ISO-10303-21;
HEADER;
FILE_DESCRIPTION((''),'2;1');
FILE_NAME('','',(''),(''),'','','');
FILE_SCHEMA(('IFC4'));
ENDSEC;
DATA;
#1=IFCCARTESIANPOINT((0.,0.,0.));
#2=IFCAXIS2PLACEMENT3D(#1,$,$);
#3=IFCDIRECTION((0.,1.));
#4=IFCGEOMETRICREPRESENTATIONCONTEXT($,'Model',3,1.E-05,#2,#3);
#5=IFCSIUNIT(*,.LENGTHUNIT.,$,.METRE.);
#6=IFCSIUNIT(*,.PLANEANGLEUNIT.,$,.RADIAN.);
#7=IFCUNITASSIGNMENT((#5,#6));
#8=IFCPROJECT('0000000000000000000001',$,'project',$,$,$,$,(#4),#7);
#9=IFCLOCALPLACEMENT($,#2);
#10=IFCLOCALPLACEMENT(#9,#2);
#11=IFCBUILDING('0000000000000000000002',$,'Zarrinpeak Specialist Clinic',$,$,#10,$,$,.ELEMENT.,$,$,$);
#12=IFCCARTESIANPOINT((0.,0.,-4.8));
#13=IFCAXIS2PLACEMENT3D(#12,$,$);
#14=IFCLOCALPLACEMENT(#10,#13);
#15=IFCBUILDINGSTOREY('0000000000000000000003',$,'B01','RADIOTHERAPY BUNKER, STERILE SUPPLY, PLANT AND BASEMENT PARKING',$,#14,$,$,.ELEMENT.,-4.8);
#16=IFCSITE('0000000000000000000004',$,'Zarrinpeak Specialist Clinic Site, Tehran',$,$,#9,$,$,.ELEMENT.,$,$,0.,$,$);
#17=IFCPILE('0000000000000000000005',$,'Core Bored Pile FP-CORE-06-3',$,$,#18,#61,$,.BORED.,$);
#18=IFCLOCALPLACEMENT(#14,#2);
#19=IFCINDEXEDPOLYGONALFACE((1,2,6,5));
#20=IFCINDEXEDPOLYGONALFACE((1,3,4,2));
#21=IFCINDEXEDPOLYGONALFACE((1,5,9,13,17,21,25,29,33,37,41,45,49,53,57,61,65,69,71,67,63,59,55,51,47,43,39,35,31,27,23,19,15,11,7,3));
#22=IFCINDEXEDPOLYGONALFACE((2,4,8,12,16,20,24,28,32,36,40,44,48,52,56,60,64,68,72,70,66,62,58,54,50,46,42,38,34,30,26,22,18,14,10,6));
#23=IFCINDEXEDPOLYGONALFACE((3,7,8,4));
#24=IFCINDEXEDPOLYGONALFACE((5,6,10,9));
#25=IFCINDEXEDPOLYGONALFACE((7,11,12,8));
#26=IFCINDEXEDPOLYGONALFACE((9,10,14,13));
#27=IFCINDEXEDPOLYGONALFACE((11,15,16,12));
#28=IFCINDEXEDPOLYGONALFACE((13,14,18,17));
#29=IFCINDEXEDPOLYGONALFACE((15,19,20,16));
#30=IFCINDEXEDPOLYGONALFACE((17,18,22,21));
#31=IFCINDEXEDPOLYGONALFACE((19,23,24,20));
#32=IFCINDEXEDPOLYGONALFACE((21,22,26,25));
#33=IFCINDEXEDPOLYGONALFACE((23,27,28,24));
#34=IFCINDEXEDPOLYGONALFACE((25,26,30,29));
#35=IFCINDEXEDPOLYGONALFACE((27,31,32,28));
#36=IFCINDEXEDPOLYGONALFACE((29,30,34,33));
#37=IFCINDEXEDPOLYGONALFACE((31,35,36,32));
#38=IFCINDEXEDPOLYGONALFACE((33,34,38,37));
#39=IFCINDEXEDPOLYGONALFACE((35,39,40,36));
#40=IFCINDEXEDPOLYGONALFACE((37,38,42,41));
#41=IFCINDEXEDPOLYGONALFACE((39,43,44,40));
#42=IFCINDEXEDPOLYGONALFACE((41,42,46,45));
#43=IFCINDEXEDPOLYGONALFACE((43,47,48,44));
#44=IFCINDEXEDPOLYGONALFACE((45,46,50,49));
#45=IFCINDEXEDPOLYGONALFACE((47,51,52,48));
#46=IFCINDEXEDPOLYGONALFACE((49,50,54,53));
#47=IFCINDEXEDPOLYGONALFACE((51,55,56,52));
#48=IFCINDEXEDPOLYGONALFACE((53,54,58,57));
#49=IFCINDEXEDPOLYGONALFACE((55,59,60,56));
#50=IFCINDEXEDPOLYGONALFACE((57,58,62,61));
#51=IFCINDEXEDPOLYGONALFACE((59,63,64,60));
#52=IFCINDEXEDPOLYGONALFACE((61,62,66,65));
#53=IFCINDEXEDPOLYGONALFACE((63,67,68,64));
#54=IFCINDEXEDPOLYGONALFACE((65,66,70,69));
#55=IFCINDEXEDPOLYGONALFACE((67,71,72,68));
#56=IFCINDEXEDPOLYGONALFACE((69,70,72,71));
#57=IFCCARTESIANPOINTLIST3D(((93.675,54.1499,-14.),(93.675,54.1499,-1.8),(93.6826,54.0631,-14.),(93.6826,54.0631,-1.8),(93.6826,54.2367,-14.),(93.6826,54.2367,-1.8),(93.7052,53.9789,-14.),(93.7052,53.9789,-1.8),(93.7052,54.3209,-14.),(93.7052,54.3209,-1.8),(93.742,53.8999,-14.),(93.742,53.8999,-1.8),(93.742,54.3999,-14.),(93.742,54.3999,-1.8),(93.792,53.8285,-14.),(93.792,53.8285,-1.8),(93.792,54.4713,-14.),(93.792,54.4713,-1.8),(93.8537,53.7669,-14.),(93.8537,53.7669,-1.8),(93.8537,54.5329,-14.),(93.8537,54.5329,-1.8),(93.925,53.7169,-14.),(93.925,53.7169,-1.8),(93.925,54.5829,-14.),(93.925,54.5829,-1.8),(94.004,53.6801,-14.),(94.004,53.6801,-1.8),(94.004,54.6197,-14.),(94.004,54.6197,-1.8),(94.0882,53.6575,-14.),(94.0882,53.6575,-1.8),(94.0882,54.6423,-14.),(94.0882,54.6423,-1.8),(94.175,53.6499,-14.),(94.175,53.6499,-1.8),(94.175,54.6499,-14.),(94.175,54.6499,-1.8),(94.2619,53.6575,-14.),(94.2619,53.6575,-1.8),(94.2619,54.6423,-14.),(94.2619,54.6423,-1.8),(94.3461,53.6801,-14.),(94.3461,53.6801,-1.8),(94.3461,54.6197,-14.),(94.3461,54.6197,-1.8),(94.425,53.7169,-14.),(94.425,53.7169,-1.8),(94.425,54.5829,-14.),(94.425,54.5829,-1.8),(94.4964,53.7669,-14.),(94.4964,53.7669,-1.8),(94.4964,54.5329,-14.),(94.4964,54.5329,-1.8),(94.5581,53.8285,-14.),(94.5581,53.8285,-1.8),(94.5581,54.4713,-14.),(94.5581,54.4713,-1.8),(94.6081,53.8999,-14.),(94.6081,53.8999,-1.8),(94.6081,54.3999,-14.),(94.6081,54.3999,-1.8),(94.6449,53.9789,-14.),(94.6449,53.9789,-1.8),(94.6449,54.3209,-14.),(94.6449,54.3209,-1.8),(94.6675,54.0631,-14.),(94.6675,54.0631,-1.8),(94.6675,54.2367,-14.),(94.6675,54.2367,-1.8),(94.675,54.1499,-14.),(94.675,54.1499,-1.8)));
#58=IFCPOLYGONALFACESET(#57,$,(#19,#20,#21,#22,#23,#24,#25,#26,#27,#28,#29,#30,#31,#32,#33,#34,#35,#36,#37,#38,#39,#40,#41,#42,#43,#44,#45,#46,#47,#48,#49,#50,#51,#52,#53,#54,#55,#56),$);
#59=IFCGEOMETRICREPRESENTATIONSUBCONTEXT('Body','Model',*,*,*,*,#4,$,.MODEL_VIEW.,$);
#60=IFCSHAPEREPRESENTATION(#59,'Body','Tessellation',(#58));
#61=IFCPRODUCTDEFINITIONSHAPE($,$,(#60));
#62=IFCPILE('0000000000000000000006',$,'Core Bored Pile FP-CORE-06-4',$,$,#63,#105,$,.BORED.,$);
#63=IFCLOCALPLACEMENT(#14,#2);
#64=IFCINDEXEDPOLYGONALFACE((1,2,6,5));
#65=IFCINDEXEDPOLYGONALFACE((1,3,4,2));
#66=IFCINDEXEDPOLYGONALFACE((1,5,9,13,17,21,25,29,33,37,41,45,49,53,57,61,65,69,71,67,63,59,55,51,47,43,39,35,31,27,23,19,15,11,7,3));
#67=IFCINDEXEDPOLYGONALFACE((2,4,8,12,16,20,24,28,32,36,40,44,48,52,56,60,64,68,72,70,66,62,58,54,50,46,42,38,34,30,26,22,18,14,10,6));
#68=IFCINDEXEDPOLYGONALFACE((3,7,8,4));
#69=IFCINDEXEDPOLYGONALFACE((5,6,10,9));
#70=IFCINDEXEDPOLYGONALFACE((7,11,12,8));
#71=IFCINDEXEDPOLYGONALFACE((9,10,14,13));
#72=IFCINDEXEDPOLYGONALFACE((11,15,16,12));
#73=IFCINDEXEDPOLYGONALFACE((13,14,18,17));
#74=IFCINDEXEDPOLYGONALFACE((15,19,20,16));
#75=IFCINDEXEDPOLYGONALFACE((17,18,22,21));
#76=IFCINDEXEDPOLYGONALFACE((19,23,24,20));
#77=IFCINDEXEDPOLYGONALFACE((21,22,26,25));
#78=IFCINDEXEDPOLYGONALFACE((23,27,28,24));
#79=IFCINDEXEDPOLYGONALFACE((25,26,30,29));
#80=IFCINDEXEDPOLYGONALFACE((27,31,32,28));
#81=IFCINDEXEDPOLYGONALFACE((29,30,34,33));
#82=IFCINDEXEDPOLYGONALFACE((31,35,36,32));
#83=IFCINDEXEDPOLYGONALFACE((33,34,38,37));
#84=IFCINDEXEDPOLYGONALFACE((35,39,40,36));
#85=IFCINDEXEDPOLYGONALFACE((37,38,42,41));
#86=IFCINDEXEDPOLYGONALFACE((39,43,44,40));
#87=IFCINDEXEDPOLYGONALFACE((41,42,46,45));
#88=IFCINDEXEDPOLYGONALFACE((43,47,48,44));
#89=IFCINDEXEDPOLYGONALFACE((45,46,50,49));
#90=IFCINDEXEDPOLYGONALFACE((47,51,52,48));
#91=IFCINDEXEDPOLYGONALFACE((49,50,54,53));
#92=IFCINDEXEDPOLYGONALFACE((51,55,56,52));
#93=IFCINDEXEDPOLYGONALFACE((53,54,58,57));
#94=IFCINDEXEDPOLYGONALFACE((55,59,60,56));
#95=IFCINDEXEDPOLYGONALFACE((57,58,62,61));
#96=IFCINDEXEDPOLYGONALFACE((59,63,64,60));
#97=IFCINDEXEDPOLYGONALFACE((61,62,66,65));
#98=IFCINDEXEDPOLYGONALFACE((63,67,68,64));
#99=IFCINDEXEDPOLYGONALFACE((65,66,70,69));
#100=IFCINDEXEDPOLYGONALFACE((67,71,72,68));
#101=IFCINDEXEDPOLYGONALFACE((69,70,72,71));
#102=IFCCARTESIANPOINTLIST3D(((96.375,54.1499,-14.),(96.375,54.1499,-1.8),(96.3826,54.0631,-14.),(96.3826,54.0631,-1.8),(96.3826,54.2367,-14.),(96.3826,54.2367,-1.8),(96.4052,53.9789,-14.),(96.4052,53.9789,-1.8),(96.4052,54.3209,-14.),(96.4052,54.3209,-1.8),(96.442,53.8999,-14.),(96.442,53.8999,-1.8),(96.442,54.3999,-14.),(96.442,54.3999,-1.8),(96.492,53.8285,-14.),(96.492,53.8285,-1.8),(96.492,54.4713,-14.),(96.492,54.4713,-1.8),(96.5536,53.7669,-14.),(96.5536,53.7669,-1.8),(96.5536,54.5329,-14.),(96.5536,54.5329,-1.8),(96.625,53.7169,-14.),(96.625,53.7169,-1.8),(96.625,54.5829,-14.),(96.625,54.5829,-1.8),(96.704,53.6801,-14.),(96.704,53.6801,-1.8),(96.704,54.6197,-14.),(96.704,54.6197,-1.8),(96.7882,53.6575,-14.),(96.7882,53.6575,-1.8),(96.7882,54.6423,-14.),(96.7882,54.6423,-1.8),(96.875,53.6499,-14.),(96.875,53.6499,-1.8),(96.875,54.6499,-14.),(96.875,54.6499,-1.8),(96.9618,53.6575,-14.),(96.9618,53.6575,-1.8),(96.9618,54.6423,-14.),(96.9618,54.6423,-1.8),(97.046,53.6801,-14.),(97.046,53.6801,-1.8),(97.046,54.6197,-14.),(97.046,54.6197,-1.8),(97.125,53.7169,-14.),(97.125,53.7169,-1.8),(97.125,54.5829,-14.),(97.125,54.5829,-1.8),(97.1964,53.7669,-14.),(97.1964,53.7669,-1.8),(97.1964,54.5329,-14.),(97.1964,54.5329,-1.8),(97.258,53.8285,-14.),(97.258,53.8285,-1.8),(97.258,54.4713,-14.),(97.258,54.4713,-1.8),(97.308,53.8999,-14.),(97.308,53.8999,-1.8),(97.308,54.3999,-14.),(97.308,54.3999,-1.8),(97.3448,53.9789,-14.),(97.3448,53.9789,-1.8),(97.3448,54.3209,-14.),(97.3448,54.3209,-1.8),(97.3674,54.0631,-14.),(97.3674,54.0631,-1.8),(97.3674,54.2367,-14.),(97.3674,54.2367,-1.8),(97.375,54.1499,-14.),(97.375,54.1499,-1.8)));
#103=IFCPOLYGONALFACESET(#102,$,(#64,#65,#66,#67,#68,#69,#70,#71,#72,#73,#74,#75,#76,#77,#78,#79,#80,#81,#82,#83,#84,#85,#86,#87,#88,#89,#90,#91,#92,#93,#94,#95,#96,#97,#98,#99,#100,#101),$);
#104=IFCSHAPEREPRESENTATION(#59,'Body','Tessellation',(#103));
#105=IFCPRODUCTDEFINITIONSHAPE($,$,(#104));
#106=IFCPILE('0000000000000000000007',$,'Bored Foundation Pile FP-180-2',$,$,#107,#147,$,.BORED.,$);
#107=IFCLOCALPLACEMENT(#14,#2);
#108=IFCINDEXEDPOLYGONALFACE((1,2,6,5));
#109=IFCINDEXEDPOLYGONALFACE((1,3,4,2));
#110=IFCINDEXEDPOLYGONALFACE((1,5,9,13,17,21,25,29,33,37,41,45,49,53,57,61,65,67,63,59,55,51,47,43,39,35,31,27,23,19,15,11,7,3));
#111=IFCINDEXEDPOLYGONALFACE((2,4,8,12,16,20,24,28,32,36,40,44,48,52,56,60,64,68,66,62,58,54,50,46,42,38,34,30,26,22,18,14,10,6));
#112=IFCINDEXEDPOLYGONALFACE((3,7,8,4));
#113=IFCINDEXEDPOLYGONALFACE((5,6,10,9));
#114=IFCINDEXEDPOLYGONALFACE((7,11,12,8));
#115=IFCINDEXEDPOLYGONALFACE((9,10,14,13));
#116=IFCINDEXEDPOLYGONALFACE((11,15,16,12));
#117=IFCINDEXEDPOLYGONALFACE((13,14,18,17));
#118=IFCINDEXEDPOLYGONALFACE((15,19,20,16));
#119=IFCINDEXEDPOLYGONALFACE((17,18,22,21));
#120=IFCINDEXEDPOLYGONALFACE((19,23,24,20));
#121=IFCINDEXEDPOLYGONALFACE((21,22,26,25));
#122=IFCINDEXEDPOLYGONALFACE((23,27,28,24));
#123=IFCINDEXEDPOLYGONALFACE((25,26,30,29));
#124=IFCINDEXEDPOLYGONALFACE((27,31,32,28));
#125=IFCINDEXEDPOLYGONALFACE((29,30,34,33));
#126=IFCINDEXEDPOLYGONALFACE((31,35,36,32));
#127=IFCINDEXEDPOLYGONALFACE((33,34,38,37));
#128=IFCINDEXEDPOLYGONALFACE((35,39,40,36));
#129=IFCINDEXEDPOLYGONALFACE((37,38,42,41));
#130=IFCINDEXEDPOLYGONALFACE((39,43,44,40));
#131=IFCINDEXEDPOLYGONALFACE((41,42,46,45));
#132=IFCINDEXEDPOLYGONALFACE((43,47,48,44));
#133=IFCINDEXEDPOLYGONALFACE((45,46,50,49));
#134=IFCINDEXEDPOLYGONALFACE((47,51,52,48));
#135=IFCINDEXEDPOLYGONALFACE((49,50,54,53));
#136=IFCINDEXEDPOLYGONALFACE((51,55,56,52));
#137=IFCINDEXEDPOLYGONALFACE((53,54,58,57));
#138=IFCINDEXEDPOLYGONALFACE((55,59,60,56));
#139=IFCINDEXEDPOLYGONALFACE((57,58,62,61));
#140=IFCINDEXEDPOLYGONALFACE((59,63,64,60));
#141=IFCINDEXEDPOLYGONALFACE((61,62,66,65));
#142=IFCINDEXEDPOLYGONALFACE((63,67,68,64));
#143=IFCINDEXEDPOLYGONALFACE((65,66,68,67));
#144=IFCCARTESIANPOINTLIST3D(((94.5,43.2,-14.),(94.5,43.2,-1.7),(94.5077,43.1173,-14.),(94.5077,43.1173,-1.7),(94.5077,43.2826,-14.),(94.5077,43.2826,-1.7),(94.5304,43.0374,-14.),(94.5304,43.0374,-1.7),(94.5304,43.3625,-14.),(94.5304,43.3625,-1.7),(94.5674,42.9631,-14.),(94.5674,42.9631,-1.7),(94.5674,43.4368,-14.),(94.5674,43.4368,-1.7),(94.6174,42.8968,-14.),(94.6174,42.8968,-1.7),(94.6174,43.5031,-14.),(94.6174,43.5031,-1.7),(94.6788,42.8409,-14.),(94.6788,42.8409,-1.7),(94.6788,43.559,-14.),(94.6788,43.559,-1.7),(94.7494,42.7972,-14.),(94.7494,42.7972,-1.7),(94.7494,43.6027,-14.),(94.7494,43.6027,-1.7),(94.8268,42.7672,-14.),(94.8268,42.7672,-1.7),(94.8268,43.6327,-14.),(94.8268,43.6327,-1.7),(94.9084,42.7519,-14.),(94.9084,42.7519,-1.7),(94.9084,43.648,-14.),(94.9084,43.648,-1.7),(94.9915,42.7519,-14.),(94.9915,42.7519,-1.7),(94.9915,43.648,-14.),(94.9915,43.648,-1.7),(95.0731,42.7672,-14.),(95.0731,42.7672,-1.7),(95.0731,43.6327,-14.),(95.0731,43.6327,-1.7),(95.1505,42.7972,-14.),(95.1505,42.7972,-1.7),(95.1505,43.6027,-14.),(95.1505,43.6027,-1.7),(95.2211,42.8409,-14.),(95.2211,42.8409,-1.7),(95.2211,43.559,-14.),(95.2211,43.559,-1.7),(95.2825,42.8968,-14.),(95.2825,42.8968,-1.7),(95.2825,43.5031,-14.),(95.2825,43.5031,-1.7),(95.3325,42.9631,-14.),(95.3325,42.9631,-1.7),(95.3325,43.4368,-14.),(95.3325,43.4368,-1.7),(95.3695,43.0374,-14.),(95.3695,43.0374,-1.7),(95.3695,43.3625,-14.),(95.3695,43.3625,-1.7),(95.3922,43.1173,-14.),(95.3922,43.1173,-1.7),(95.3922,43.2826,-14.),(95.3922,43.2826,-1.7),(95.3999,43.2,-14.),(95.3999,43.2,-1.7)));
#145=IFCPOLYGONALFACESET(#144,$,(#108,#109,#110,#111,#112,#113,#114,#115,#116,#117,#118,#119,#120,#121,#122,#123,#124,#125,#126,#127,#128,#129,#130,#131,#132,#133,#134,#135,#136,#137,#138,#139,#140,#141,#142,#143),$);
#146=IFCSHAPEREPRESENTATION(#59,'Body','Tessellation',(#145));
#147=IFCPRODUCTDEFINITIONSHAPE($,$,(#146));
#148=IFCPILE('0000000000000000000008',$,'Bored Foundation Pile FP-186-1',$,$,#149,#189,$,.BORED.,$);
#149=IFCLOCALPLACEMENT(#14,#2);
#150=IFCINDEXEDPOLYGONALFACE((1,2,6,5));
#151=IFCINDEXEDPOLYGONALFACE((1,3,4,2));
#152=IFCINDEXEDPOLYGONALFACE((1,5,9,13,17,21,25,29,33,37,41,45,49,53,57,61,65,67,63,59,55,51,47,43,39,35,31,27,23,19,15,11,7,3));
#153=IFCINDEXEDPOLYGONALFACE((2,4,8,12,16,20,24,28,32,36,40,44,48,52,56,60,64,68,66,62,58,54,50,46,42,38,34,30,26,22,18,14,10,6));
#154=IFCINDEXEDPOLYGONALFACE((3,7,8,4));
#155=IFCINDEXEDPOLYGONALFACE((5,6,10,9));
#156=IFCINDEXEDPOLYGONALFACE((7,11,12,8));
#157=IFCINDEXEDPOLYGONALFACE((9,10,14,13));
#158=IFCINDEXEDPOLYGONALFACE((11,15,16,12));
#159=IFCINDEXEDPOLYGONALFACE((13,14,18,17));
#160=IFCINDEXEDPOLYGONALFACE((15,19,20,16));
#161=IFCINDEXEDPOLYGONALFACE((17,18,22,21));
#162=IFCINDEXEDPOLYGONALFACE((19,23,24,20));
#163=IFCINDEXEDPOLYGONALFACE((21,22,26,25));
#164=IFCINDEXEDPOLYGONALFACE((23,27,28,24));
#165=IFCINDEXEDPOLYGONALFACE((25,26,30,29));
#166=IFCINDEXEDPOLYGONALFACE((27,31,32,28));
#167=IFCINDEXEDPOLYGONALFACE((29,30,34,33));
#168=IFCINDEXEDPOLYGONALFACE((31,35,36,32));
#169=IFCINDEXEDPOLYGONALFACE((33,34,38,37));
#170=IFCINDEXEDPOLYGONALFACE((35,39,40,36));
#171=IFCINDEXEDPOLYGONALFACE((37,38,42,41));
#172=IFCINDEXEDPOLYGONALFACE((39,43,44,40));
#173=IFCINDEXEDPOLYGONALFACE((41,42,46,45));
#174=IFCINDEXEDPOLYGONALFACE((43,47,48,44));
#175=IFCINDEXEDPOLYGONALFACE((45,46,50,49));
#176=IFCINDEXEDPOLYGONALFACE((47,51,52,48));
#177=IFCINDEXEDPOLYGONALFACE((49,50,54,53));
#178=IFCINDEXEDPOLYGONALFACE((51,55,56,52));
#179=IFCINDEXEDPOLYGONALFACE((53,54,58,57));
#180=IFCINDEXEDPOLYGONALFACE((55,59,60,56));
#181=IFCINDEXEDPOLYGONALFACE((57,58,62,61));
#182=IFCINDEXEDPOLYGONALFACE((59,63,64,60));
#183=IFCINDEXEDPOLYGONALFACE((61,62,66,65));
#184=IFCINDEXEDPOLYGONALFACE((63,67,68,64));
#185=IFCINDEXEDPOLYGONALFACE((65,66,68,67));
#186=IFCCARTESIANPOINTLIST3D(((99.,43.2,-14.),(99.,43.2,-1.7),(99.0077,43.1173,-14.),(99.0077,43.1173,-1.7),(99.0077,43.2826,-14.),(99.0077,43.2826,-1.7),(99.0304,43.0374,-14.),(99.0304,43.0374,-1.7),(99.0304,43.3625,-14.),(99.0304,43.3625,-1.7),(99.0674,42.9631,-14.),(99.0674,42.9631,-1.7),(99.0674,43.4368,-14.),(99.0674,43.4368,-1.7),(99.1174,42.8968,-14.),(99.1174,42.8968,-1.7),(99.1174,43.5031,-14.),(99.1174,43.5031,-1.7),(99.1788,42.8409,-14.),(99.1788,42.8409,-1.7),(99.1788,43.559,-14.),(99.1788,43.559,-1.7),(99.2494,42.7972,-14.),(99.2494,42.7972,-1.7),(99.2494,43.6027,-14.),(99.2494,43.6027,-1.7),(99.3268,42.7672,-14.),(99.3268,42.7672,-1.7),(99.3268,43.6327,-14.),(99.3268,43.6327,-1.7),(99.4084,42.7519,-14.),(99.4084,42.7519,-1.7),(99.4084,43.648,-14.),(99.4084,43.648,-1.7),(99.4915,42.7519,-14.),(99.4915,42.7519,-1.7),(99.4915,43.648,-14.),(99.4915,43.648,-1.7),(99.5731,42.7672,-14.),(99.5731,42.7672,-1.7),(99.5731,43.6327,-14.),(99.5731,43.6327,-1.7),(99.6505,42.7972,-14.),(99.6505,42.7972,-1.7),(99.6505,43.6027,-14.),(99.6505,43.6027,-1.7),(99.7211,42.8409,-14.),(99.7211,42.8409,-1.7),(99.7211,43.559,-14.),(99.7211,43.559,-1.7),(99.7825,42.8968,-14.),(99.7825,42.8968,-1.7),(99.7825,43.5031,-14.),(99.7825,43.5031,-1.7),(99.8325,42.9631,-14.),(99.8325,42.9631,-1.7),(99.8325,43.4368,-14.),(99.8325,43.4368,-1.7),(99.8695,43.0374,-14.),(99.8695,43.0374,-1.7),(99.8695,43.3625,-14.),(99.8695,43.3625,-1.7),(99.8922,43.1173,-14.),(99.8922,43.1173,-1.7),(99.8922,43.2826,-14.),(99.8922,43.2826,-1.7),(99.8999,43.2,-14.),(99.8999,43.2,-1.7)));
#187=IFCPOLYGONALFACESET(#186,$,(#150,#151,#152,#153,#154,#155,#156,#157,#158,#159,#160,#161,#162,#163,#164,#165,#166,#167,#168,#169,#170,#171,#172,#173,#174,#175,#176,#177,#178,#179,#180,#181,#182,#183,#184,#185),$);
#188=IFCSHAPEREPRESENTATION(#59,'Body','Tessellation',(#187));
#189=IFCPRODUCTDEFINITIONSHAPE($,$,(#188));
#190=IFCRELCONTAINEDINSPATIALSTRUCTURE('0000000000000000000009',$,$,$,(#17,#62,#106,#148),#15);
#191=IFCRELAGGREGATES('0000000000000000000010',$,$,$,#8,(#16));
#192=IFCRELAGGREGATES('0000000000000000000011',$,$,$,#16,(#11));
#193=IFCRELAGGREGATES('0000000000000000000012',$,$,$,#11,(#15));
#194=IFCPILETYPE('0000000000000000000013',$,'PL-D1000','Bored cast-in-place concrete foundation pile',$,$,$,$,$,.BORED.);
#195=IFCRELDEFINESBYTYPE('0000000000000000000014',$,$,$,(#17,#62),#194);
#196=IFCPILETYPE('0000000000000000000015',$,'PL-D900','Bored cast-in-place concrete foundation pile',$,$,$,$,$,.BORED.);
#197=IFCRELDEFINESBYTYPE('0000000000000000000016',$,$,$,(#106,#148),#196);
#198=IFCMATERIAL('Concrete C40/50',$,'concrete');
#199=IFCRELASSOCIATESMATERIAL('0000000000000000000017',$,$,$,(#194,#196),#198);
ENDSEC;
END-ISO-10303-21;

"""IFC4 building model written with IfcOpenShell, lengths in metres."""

from ifc_helpers import new_model, si_unit, direction, frame, origin, origin_2d, place, context, subcontext, project, spatial, circle, extrude, material, material_profile, profile_set, type_object, element, save


model = new_model("IFC4")

# Units and contexts
model_context = context("Model", 3, precision=1e-05, world=origin(), true_north=direction((0.0, 1.0)))
body_context = subcontext(model_context, "Body", "Model", "MODEL_VIEW")
ifc_project = project(units=[si_unit("LENGTHUNIT", "METRE"), si_unit("PLANEANGLEUNIT", "RADIAN")], contexts=[model_context])

# Site, building, storey
site_placement = place(None, origin())
site = spatial("IfcSite", under=ifc_project, at=site_placement, Name="Zarrinpeak Specialist Clinic Site, Tehran", CompositionType="ELEMENT", RefElevation=0.0)
building_placement = place(site_placement, origin())
building = spatial("IfcBuilding", under=site, at=building_placement, Name="Zarrinpeak Specialist Clinic", CompositionType="ELEMENT")
storey_placement = place(building_placement, frame((0.0, 0.0, -4.8)))
storey = spatial("IfcBuildingStorey", under=building, at=storey_placement, Name="B01", Description="RADIOTHERAPY BUNKER, STERILE SUPPLY, PLANT AND BASEMENT PARKING", CompositionType="ELEMENT", Elevation=-4.8)

# Shared definitions
ifc_material_1 = material(Name="Concrete C40/50", Category="concrete")

# Piles
ifc_material_profile_1 = material_profile(ifc_material_1, circle(Radius=0.5, at=origin_2d()), Name="BORED PILE D1000")
ifc_profile_set_1 = profile_set([ifc_material_profile_1], Name="Concrete C40/50")
pile_type_1 = type_object("IfcPileType", Name="PL-D1000", Description="Bored cast-in-place concrete foundation pile", PredefinedType="BORED", material=ifc_profile_set_1)
for number, where, z_axis, x_axis, name in (
    (1, (94.175, 54.1499, -1.8), (0.0, 0.0, -1.0), (1.0, 0.0, 0.0), "Core Bored Pile FP-CORE-06-3"),
    (2, (96.875, 54.1499, -1.8), (0.0, 0.0, -1.0), (1.0, 0.0, 0.0), "Core Bored Pile FP-CORE-06-4"),
):
    element("IfcPile", number, at=place(storey_placement, frame(where, z_axis=z_axis, x_axis=x_axis)), inside=storey, type_object=pile_type_1, Name=name, PredefinedType="BORED", context=body_context, shape_type="SweptSolid", body=[
        extrude(circle(Radius=0.5, at=origin_2d()), origin(), (0.0, 0.0, 1.0), 12.2),
    ])
ifc_material_profile_2 = material_profile(ifc_material_1, circle(Radius=0.45, at=origin_2d()), Name="BORED PILE D900")
ifc_profile_set_2 = profile_set([ifc_material_profile_2], Name="Concrete C40/50")
pile_type_2 = type_object("IfcPileType", Name="PL-D900", Description="Bored cast-in-place concrete foundation pile", PredefinedType="BORED", material=ifc_profile_set_2)
for number, where, z_axis, x_axis, name in (
    (3, (94.95, 43.2, -1.7), (0.0, 0.0, -1.0), (1.0, 0.0, 0.0), "Bored Foundation Pile FP-180-2"),
    (4, (99.45, 43.2, -1.7), (0.0, 0.0, -1.0), (1.0, 0.0, 0.0), "Bored Foundation Pile FP-186-1"),
):
    element("IfcPile", number, at=place(storey_placement, frame(where, z_axis=z_axis, x_axis=x_axis)), inside=storey, type_object=pile_type_2, Name=name, PredefinedType="BORED", context=body_context, shape_type="SweptSolid", body=[
        extrude(circle(Radius=0.45, at=origin_2d()), origin(), (0.0, 0.0, 1.0), 12.3),
    ])

save(model, "model.ifc")
